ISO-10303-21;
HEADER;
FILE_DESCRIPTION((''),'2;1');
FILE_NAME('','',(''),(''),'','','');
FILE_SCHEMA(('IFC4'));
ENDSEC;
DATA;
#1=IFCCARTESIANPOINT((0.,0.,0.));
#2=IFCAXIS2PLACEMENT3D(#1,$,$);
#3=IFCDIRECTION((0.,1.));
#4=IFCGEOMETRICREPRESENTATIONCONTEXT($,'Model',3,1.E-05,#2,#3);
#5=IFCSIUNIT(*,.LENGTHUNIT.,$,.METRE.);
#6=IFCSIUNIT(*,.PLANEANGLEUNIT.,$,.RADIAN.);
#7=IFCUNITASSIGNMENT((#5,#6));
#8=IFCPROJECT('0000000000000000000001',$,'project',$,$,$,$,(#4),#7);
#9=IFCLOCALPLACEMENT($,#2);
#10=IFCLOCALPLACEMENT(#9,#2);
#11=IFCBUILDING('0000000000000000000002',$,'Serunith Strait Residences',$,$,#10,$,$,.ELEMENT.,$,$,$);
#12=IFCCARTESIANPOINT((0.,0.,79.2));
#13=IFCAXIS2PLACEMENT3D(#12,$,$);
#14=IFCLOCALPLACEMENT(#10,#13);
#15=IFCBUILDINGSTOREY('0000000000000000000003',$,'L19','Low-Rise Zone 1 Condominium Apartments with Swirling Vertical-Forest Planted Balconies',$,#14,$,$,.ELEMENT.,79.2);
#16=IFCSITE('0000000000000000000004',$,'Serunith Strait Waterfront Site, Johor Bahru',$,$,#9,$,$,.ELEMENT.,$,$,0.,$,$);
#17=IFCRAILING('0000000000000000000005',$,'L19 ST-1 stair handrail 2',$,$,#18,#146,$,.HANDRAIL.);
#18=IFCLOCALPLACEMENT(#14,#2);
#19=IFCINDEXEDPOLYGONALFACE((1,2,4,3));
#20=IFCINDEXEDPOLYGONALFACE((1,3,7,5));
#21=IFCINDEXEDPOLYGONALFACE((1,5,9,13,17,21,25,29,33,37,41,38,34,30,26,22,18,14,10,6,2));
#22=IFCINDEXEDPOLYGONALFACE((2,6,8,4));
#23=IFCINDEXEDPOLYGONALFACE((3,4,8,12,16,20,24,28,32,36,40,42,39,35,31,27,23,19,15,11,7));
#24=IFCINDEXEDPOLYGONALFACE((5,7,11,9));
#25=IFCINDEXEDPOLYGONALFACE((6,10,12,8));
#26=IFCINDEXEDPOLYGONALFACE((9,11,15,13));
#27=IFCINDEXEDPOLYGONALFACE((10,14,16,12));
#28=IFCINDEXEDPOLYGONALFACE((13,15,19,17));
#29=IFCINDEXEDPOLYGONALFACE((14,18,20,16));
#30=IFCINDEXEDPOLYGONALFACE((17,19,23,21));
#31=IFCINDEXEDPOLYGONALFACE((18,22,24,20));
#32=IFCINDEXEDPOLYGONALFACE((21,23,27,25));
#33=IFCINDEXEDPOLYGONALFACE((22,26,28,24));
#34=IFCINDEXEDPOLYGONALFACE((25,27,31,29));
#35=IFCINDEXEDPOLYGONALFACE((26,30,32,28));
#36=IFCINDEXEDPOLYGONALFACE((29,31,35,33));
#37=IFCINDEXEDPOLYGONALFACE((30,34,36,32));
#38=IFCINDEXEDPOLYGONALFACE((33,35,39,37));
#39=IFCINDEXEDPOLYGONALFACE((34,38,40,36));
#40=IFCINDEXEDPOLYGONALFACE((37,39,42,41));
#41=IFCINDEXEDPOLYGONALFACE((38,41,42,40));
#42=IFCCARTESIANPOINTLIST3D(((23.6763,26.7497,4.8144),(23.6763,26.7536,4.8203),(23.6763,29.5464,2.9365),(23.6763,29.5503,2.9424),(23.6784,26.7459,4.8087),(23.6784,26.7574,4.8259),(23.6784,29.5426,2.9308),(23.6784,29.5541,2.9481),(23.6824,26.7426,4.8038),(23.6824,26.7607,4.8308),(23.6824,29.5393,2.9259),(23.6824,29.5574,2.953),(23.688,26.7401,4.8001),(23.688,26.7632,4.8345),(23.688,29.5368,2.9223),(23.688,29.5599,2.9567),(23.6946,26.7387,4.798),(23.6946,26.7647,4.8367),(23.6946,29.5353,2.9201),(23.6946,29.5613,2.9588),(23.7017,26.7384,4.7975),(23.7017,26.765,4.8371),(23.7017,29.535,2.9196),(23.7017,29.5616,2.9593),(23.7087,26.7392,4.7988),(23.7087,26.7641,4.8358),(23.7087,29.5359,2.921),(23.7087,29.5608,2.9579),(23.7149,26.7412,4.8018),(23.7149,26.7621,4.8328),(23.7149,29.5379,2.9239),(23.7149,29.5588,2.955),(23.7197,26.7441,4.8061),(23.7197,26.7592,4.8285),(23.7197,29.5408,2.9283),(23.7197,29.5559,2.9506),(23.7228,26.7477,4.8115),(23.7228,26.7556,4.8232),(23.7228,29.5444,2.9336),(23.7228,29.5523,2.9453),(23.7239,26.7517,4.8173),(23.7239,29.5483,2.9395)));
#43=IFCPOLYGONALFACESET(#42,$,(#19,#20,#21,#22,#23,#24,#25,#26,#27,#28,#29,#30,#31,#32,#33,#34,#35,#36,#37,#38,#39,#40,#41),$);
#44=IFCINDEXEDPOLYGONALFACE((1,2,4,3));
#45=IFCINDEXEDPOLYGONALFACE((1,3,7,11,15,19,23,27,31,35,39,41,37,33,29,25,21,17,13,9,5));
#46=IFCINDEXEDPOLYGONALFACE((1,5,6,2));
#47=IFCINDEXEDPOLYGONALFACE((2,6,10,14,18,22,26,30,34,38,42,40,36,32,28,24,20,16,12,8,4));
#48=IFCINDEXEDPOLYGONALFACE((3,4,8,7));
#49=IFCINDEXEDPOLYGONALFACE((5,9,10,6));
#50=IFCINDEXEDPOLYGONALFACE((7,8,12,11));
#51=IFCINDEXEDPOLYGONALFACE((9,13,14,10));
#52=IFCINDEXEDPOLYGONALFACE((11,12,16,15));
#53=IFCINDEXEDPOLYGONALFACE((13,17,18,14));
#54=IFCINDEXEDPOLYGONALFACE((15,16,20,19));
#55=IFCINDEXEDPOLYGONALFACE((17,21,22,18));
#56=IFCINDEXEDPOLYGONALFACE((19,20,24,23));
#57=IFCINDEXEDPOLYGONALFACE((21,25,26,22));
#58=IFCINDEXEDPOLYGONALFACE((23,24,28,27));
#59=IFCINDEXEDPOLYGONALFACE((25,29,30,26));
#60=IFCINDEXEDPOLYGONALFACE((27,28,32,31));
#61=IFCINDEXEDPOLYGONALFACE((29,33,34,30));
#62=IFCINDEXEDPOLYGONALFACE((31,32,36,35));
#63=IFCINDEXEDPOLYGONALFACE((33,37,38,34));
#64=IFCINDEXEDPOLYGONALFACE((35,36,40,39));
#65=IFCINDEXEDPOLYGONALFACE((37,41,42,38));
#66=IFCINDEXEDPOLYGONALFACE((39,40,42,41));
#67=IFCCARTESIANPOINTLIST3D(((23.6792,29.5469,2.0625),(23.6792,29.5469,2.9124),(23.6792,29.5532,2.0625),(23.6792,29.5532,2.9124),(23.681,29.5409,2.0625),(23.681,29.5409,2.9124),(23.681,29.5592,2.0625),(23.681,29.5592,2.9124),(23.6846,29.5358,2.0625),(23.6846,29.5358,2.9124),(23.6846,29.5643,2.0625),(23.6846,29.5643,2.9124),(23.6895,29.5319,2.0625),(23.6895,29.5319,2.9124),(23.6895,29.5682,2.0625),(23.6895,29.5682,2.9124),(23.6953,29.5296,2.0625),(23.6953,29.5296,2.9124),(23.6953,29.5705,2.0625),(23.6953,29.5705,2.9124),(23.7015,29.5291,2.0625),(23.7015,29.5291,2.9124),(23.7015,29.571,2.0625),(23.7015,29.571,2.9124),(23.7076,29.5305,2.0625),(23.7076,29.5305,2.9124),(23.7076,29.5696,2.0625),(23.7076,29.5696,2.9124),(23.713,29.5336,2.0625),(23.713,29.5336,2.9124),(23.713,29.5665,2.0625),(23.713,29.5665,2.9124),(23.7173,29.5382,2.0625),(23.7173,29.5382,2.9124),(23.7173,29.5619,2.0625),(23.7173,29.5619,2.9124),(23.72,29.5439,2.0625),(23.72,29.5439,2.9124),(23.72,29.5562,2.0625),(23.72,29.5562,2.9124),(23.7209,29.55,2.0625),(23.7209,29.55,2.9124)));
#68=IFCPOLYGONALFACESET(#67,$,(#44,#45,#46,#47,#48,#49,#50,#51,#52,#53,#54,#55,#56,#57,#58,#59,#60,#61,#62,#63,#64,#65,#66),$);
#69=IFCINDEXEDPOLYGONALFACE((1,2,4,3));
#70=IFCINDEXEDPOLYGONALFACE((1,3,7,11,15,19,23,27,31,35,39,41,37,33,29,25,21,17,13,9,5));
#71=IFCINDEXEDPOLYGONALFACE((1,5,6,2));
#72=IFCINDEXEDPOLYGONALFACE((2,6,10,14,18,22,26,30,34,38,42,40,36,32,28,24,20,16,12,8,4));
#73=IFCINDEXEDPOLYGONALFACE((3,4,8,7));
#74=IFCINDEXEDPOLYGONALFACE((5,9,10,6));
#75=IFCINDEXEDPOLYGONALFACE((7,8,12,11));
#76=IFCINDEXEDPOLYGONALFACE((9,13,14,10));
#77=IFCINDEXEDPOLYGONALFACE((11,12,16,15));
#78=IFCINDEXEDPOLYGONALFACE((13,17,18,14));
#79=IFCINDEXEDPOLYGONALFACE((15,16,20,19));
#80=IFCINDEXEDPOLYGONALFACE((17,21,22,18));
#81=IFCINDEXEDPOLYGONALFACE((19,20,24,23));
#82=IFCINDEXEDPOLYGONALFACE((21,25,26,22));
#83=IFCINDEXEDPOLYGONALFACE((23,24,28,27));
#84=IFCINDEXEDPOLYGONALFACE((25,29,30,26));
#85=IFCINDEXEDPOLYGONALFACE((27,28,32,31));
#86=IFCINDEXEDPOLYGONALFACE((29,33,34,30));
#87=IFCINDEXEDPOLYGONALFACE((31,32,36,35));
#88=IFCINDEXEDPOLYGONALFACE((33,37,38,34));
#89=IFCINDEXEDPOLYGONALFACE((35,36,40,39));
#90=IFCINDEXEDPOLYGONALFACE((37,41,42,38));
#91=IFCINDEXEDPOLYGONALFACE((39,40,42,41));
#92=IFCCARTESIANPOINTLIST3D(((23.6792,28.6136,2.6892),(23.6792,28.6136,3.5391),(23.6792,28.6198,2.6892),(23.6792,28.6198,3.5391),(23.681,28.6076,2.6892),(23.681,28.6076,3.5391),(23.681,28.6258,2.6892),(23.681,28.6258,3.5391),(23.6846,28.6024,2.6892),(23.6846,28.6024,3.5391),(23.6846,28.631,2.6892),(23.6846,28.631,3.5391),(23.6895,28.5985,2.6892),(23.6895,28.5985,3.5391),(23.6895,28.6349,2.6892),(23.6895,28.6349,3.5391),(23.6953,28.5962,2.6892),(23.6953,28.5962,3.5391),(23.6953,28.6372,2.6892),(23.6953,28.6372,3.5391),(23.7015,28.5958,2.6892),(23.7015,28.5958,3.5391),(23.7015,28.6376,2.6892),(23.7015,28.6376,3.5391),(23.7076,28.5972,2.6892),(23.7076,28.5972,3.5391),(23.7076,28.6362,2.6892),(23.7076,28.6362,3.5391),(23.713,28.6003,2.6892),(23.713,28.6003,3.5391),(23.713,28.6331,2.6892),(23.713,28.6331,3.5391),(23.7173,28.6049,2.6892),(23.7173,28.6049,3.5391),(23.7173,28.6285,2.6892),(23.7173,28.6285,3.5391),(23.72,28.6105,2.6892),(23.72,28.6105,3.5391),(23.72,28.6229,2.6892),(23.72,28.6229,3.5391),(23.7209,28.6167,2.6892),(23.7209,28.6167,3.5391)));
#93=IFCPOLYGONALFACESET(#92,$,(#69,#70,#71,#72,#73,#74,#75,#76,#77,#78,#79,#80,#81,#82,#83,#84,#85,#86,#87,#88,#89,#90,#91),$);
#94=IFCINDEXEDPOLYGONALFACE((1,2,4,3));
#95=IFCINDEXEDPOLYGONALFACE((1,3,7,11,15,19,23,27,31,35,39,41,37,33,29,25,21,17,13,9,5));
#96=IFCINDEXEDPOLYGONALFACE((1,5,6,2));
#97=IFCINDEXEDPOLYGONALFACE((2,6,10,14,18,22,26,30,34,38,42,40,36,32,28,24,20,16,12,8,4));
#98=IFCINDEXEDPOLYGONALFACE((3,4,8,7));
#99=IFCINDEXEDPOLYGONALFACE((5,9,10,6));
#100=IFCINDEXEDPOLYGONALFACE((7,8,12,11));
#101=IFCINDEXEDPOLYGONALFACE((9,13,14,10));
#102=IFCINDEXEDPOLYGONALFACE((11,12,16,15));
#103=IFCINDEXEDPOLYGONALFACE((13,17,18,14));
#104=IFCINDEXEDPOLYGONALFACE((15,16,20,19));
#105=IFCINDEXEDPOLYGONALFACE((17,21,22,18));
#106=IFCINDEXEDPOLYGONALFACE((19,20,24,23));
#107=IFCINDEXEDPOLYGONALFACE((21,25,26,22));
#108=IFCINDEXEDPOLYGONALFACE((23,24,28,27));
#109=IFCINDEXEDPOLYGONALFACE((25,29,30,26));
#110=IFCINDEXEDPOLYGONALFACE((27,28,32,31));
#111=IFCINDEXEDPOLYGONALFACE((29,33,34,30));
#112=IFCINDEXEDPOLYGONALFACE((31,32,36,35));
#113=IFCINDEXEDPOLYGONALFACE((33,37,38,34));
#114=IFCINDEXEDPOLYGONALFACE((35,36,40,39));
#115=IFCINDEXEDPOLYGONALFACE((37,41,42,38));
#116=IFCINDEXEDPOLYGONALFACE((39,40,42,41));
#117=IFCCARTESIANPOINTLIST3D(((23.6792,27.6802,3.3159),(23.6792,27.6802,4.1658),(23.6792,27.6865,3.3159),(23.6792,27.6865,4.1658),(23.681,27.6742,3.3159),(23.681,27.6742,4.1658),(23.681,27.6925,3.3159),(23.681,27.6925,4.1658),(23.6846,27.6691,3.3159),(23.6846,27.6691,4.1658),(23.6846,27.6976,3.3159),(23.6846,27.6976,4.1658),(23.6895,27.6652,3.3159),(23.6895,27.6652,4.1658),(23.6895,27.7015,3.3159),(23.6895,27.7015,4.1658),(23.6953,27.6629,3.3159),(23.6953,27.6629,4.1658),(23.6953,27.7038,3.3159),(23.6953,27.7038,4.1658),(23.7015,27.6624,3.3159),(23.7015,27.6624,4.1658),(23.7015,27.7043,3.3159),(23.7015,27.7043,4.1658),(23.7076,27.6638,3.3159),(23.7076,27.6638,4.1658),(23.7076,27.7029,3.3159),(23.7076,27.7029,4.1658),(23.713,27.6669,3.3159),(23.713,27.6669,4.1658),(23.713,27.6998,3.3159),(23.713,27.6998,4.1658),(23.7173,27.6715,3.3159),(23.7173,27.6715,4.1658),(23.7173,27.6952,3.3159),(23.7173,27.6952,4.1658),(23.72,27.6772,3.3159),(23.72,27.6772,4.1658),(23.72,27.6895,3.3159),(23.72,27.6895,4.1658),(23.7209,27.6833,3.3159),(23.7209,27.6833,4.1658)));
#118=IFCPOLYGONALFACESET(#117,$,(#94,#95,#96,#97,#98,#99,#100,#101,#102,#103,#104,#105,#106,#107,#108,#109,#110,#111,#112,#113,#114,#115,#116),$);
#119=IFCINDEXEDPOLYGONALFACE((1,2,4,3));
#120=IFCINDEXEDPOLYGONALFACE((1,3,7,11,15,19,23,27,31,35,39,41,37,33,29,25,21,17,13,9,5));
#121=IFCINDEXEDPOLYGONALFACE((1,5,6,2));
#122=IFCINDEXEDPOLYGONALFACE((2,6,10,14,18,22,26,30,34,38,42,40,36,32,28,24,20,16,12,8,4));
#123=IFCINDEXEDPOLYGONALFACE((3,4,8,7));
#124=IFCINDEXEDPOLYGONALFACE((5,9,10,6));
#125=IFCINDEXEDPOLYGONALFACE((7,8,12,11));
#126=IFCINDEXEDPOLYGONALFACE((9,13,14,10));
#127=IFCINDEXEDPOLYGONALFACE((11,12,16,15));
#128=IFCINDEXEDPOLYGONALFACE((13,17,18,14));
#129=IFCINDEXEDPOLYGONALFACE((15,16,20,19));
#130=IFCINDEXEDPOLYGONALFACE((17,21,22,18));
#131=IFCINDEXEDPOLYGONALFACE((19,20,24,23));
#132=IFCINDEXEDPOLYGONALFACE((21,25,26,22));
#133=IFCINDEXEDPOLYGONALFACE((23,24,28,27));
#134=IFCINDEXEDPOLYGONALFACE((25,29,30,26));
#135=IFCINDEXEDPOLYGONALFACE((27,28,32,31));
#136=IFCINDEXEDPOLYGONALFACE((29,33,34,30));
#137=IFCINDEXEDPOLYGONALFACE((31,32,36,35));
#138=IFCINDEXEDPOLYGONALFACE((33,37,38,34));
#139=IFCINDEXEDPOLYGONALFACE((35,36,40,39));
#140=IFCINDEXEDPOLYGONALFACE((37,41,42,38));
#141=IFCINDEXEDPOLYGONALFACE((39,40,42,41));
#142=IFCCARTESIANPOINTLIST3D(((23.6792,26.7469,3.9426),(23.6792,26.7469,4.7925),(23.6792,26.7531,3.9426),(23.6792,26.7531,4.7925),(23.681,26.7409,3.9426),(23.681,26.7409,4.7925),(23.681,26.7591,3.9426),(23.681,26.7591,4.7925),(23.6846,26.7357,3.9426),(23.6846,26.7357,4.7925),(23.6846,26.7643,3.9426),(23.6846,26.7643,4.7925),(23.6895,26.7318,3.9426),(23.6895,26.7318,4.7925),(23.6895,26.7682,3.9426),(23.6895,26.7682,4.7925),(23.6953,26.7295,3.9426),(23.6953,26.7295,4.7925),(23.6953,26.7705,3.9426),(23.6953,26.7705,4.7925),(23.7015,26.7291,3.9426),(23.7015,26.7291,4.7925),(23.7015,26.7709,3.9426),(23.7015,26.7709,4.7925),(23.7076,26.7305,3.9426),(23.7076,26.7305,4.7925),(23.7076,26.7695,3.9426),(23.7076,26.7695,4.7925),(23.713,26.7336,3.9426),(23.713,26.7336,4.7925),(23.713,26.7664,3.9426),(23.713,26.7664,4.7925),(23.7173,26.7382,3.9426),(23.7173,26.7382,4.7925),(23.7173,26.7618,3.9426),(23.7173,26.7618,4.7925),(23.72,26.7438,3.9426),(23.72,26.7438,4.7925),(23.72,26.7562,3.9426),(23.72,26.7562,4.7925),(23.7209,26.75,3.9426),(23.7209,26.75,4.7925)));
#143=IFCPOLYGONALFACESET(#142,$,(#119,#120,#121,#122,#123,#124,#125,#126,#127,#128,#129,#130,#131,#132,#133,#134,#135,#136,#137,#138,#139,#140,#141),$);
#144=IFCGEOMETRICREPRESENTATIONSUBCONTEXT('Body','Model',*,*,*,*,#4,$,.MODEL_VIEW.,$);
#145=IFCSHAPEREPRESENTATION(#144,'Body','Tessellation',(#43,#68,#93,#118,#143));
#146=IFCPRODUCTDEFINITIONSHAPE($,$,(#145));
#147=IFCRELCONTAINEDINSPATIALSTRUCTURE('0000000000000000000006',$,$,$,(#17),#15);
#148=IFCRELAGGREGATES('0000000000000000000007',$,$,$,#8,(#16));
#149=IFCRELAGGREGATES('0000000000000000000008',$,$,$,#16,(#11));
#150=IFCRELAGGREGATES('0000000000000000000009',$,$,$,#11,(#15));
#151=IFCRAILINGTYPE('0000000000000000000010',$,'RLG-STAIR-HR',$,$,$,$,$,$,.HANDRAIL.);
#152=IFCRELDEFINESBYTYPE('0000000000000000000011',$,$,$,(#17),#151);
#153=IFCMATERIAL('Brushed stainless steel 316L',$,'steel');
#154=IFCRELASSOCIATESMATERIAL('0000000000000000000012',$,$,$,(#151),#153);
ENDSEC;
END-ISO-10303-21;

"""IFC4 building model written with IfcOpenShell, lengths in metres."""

from ifc_helpers import new_model, si_unit, direction, frame, origin, origin_2d, place, context, subcontext, project, spatial, circle, extrude, material, type_object, element, save


model = new_model("IFC4")

# Units and contexts
model_context = context("Model", 3, precision=1e-05, world=origin(), true_north=direction((0.0, 1.0)))
body_context = subcontext(model_context, "Body", "Model", "MODEL_VIEW")
ifc_project = project(units=[si_unit("LENGTHUNIT", "METRE"), si_unit("PLANEANGLEUNIT", "RADIAN")], contexts=[model_context])

# Site, building, storey
site_placement = place(None, origin())
site = spatial("IfcSite", under=ifc_project, at=site_placement, Name="Serunith Strait Waterfront Site, Johor Bahru", CompositionType="ELEMENT", RefElevation=0.0)
building_placement = place(site_placement, origin())
building = spatial("IfcBuilding", under=site, at=building_placement, Name="Serunith Strait Residences", CompositionType="ELEMENT")
storey_placement = place(building_placement, frame((0.0, 0.0, 79.2)))
storey = spatial("IfcBuildingStorey", under=building, at=storey_placement, Name="L19", Description="Low-Rise Zone 1 Condominium Apartments with Swirling Vertical-Forest Planted Balconies", CompositionType="ELEMENT", Elevation=79.2)

# Railing
ifc_material_1 = material(Name="Brushed stainless steel 316L", Category="steel")
railing_type_1 = type_object("IfcRailingType", Name="RLG-STAIR-HR", PredefinedType="HANDRAIL", material=ifc_material_1)
railing_1_placement = place(storey_placement, frame((23.7, 29.55, 2.0625)))
element("IfcRailing", 1, at=railing_1_placement, inside=storey, type_object=railing_type_1, Name="L19 ST-1 stair handrail 2", PredefinedType="HANDRAIL", context=body_context, shape_type="SweptSolid", body=[
    extrude(circle(Radius=0.0239, at=origin_2d()), frame((0.0, -0.0017, 0.877), z_axis=(0.0, -0.830208, 0.557453), x_axis=(1.0, 0.0, 0.0)), (0.0, 0.0, 1.0), 3.3687),
    extrude(circle(Radius=0.021, at=origin_2d()), origin(), (0.0, 0.0, 1.0), 0.8499),
    extrude(circle(Radius=0.021, at=origin_2d()), frame((0.0, -0.9333, 0.6267)), (0.0, 0.0, 1.0), 0.8499),
    extrude(circle(Radius=0.021, at=origin_2d()), frame((0.0, -1.8667, 1.2534)), (0.0, 0.0, 1.0), 0.8499),
    extrude(circle(Radius=0.021, at=origin_2d()), frame((0.0, -2.8, 1.8801)), (0.0, 0.0, 1.0), 0.8499),
])

save(model, "model.ifc")
